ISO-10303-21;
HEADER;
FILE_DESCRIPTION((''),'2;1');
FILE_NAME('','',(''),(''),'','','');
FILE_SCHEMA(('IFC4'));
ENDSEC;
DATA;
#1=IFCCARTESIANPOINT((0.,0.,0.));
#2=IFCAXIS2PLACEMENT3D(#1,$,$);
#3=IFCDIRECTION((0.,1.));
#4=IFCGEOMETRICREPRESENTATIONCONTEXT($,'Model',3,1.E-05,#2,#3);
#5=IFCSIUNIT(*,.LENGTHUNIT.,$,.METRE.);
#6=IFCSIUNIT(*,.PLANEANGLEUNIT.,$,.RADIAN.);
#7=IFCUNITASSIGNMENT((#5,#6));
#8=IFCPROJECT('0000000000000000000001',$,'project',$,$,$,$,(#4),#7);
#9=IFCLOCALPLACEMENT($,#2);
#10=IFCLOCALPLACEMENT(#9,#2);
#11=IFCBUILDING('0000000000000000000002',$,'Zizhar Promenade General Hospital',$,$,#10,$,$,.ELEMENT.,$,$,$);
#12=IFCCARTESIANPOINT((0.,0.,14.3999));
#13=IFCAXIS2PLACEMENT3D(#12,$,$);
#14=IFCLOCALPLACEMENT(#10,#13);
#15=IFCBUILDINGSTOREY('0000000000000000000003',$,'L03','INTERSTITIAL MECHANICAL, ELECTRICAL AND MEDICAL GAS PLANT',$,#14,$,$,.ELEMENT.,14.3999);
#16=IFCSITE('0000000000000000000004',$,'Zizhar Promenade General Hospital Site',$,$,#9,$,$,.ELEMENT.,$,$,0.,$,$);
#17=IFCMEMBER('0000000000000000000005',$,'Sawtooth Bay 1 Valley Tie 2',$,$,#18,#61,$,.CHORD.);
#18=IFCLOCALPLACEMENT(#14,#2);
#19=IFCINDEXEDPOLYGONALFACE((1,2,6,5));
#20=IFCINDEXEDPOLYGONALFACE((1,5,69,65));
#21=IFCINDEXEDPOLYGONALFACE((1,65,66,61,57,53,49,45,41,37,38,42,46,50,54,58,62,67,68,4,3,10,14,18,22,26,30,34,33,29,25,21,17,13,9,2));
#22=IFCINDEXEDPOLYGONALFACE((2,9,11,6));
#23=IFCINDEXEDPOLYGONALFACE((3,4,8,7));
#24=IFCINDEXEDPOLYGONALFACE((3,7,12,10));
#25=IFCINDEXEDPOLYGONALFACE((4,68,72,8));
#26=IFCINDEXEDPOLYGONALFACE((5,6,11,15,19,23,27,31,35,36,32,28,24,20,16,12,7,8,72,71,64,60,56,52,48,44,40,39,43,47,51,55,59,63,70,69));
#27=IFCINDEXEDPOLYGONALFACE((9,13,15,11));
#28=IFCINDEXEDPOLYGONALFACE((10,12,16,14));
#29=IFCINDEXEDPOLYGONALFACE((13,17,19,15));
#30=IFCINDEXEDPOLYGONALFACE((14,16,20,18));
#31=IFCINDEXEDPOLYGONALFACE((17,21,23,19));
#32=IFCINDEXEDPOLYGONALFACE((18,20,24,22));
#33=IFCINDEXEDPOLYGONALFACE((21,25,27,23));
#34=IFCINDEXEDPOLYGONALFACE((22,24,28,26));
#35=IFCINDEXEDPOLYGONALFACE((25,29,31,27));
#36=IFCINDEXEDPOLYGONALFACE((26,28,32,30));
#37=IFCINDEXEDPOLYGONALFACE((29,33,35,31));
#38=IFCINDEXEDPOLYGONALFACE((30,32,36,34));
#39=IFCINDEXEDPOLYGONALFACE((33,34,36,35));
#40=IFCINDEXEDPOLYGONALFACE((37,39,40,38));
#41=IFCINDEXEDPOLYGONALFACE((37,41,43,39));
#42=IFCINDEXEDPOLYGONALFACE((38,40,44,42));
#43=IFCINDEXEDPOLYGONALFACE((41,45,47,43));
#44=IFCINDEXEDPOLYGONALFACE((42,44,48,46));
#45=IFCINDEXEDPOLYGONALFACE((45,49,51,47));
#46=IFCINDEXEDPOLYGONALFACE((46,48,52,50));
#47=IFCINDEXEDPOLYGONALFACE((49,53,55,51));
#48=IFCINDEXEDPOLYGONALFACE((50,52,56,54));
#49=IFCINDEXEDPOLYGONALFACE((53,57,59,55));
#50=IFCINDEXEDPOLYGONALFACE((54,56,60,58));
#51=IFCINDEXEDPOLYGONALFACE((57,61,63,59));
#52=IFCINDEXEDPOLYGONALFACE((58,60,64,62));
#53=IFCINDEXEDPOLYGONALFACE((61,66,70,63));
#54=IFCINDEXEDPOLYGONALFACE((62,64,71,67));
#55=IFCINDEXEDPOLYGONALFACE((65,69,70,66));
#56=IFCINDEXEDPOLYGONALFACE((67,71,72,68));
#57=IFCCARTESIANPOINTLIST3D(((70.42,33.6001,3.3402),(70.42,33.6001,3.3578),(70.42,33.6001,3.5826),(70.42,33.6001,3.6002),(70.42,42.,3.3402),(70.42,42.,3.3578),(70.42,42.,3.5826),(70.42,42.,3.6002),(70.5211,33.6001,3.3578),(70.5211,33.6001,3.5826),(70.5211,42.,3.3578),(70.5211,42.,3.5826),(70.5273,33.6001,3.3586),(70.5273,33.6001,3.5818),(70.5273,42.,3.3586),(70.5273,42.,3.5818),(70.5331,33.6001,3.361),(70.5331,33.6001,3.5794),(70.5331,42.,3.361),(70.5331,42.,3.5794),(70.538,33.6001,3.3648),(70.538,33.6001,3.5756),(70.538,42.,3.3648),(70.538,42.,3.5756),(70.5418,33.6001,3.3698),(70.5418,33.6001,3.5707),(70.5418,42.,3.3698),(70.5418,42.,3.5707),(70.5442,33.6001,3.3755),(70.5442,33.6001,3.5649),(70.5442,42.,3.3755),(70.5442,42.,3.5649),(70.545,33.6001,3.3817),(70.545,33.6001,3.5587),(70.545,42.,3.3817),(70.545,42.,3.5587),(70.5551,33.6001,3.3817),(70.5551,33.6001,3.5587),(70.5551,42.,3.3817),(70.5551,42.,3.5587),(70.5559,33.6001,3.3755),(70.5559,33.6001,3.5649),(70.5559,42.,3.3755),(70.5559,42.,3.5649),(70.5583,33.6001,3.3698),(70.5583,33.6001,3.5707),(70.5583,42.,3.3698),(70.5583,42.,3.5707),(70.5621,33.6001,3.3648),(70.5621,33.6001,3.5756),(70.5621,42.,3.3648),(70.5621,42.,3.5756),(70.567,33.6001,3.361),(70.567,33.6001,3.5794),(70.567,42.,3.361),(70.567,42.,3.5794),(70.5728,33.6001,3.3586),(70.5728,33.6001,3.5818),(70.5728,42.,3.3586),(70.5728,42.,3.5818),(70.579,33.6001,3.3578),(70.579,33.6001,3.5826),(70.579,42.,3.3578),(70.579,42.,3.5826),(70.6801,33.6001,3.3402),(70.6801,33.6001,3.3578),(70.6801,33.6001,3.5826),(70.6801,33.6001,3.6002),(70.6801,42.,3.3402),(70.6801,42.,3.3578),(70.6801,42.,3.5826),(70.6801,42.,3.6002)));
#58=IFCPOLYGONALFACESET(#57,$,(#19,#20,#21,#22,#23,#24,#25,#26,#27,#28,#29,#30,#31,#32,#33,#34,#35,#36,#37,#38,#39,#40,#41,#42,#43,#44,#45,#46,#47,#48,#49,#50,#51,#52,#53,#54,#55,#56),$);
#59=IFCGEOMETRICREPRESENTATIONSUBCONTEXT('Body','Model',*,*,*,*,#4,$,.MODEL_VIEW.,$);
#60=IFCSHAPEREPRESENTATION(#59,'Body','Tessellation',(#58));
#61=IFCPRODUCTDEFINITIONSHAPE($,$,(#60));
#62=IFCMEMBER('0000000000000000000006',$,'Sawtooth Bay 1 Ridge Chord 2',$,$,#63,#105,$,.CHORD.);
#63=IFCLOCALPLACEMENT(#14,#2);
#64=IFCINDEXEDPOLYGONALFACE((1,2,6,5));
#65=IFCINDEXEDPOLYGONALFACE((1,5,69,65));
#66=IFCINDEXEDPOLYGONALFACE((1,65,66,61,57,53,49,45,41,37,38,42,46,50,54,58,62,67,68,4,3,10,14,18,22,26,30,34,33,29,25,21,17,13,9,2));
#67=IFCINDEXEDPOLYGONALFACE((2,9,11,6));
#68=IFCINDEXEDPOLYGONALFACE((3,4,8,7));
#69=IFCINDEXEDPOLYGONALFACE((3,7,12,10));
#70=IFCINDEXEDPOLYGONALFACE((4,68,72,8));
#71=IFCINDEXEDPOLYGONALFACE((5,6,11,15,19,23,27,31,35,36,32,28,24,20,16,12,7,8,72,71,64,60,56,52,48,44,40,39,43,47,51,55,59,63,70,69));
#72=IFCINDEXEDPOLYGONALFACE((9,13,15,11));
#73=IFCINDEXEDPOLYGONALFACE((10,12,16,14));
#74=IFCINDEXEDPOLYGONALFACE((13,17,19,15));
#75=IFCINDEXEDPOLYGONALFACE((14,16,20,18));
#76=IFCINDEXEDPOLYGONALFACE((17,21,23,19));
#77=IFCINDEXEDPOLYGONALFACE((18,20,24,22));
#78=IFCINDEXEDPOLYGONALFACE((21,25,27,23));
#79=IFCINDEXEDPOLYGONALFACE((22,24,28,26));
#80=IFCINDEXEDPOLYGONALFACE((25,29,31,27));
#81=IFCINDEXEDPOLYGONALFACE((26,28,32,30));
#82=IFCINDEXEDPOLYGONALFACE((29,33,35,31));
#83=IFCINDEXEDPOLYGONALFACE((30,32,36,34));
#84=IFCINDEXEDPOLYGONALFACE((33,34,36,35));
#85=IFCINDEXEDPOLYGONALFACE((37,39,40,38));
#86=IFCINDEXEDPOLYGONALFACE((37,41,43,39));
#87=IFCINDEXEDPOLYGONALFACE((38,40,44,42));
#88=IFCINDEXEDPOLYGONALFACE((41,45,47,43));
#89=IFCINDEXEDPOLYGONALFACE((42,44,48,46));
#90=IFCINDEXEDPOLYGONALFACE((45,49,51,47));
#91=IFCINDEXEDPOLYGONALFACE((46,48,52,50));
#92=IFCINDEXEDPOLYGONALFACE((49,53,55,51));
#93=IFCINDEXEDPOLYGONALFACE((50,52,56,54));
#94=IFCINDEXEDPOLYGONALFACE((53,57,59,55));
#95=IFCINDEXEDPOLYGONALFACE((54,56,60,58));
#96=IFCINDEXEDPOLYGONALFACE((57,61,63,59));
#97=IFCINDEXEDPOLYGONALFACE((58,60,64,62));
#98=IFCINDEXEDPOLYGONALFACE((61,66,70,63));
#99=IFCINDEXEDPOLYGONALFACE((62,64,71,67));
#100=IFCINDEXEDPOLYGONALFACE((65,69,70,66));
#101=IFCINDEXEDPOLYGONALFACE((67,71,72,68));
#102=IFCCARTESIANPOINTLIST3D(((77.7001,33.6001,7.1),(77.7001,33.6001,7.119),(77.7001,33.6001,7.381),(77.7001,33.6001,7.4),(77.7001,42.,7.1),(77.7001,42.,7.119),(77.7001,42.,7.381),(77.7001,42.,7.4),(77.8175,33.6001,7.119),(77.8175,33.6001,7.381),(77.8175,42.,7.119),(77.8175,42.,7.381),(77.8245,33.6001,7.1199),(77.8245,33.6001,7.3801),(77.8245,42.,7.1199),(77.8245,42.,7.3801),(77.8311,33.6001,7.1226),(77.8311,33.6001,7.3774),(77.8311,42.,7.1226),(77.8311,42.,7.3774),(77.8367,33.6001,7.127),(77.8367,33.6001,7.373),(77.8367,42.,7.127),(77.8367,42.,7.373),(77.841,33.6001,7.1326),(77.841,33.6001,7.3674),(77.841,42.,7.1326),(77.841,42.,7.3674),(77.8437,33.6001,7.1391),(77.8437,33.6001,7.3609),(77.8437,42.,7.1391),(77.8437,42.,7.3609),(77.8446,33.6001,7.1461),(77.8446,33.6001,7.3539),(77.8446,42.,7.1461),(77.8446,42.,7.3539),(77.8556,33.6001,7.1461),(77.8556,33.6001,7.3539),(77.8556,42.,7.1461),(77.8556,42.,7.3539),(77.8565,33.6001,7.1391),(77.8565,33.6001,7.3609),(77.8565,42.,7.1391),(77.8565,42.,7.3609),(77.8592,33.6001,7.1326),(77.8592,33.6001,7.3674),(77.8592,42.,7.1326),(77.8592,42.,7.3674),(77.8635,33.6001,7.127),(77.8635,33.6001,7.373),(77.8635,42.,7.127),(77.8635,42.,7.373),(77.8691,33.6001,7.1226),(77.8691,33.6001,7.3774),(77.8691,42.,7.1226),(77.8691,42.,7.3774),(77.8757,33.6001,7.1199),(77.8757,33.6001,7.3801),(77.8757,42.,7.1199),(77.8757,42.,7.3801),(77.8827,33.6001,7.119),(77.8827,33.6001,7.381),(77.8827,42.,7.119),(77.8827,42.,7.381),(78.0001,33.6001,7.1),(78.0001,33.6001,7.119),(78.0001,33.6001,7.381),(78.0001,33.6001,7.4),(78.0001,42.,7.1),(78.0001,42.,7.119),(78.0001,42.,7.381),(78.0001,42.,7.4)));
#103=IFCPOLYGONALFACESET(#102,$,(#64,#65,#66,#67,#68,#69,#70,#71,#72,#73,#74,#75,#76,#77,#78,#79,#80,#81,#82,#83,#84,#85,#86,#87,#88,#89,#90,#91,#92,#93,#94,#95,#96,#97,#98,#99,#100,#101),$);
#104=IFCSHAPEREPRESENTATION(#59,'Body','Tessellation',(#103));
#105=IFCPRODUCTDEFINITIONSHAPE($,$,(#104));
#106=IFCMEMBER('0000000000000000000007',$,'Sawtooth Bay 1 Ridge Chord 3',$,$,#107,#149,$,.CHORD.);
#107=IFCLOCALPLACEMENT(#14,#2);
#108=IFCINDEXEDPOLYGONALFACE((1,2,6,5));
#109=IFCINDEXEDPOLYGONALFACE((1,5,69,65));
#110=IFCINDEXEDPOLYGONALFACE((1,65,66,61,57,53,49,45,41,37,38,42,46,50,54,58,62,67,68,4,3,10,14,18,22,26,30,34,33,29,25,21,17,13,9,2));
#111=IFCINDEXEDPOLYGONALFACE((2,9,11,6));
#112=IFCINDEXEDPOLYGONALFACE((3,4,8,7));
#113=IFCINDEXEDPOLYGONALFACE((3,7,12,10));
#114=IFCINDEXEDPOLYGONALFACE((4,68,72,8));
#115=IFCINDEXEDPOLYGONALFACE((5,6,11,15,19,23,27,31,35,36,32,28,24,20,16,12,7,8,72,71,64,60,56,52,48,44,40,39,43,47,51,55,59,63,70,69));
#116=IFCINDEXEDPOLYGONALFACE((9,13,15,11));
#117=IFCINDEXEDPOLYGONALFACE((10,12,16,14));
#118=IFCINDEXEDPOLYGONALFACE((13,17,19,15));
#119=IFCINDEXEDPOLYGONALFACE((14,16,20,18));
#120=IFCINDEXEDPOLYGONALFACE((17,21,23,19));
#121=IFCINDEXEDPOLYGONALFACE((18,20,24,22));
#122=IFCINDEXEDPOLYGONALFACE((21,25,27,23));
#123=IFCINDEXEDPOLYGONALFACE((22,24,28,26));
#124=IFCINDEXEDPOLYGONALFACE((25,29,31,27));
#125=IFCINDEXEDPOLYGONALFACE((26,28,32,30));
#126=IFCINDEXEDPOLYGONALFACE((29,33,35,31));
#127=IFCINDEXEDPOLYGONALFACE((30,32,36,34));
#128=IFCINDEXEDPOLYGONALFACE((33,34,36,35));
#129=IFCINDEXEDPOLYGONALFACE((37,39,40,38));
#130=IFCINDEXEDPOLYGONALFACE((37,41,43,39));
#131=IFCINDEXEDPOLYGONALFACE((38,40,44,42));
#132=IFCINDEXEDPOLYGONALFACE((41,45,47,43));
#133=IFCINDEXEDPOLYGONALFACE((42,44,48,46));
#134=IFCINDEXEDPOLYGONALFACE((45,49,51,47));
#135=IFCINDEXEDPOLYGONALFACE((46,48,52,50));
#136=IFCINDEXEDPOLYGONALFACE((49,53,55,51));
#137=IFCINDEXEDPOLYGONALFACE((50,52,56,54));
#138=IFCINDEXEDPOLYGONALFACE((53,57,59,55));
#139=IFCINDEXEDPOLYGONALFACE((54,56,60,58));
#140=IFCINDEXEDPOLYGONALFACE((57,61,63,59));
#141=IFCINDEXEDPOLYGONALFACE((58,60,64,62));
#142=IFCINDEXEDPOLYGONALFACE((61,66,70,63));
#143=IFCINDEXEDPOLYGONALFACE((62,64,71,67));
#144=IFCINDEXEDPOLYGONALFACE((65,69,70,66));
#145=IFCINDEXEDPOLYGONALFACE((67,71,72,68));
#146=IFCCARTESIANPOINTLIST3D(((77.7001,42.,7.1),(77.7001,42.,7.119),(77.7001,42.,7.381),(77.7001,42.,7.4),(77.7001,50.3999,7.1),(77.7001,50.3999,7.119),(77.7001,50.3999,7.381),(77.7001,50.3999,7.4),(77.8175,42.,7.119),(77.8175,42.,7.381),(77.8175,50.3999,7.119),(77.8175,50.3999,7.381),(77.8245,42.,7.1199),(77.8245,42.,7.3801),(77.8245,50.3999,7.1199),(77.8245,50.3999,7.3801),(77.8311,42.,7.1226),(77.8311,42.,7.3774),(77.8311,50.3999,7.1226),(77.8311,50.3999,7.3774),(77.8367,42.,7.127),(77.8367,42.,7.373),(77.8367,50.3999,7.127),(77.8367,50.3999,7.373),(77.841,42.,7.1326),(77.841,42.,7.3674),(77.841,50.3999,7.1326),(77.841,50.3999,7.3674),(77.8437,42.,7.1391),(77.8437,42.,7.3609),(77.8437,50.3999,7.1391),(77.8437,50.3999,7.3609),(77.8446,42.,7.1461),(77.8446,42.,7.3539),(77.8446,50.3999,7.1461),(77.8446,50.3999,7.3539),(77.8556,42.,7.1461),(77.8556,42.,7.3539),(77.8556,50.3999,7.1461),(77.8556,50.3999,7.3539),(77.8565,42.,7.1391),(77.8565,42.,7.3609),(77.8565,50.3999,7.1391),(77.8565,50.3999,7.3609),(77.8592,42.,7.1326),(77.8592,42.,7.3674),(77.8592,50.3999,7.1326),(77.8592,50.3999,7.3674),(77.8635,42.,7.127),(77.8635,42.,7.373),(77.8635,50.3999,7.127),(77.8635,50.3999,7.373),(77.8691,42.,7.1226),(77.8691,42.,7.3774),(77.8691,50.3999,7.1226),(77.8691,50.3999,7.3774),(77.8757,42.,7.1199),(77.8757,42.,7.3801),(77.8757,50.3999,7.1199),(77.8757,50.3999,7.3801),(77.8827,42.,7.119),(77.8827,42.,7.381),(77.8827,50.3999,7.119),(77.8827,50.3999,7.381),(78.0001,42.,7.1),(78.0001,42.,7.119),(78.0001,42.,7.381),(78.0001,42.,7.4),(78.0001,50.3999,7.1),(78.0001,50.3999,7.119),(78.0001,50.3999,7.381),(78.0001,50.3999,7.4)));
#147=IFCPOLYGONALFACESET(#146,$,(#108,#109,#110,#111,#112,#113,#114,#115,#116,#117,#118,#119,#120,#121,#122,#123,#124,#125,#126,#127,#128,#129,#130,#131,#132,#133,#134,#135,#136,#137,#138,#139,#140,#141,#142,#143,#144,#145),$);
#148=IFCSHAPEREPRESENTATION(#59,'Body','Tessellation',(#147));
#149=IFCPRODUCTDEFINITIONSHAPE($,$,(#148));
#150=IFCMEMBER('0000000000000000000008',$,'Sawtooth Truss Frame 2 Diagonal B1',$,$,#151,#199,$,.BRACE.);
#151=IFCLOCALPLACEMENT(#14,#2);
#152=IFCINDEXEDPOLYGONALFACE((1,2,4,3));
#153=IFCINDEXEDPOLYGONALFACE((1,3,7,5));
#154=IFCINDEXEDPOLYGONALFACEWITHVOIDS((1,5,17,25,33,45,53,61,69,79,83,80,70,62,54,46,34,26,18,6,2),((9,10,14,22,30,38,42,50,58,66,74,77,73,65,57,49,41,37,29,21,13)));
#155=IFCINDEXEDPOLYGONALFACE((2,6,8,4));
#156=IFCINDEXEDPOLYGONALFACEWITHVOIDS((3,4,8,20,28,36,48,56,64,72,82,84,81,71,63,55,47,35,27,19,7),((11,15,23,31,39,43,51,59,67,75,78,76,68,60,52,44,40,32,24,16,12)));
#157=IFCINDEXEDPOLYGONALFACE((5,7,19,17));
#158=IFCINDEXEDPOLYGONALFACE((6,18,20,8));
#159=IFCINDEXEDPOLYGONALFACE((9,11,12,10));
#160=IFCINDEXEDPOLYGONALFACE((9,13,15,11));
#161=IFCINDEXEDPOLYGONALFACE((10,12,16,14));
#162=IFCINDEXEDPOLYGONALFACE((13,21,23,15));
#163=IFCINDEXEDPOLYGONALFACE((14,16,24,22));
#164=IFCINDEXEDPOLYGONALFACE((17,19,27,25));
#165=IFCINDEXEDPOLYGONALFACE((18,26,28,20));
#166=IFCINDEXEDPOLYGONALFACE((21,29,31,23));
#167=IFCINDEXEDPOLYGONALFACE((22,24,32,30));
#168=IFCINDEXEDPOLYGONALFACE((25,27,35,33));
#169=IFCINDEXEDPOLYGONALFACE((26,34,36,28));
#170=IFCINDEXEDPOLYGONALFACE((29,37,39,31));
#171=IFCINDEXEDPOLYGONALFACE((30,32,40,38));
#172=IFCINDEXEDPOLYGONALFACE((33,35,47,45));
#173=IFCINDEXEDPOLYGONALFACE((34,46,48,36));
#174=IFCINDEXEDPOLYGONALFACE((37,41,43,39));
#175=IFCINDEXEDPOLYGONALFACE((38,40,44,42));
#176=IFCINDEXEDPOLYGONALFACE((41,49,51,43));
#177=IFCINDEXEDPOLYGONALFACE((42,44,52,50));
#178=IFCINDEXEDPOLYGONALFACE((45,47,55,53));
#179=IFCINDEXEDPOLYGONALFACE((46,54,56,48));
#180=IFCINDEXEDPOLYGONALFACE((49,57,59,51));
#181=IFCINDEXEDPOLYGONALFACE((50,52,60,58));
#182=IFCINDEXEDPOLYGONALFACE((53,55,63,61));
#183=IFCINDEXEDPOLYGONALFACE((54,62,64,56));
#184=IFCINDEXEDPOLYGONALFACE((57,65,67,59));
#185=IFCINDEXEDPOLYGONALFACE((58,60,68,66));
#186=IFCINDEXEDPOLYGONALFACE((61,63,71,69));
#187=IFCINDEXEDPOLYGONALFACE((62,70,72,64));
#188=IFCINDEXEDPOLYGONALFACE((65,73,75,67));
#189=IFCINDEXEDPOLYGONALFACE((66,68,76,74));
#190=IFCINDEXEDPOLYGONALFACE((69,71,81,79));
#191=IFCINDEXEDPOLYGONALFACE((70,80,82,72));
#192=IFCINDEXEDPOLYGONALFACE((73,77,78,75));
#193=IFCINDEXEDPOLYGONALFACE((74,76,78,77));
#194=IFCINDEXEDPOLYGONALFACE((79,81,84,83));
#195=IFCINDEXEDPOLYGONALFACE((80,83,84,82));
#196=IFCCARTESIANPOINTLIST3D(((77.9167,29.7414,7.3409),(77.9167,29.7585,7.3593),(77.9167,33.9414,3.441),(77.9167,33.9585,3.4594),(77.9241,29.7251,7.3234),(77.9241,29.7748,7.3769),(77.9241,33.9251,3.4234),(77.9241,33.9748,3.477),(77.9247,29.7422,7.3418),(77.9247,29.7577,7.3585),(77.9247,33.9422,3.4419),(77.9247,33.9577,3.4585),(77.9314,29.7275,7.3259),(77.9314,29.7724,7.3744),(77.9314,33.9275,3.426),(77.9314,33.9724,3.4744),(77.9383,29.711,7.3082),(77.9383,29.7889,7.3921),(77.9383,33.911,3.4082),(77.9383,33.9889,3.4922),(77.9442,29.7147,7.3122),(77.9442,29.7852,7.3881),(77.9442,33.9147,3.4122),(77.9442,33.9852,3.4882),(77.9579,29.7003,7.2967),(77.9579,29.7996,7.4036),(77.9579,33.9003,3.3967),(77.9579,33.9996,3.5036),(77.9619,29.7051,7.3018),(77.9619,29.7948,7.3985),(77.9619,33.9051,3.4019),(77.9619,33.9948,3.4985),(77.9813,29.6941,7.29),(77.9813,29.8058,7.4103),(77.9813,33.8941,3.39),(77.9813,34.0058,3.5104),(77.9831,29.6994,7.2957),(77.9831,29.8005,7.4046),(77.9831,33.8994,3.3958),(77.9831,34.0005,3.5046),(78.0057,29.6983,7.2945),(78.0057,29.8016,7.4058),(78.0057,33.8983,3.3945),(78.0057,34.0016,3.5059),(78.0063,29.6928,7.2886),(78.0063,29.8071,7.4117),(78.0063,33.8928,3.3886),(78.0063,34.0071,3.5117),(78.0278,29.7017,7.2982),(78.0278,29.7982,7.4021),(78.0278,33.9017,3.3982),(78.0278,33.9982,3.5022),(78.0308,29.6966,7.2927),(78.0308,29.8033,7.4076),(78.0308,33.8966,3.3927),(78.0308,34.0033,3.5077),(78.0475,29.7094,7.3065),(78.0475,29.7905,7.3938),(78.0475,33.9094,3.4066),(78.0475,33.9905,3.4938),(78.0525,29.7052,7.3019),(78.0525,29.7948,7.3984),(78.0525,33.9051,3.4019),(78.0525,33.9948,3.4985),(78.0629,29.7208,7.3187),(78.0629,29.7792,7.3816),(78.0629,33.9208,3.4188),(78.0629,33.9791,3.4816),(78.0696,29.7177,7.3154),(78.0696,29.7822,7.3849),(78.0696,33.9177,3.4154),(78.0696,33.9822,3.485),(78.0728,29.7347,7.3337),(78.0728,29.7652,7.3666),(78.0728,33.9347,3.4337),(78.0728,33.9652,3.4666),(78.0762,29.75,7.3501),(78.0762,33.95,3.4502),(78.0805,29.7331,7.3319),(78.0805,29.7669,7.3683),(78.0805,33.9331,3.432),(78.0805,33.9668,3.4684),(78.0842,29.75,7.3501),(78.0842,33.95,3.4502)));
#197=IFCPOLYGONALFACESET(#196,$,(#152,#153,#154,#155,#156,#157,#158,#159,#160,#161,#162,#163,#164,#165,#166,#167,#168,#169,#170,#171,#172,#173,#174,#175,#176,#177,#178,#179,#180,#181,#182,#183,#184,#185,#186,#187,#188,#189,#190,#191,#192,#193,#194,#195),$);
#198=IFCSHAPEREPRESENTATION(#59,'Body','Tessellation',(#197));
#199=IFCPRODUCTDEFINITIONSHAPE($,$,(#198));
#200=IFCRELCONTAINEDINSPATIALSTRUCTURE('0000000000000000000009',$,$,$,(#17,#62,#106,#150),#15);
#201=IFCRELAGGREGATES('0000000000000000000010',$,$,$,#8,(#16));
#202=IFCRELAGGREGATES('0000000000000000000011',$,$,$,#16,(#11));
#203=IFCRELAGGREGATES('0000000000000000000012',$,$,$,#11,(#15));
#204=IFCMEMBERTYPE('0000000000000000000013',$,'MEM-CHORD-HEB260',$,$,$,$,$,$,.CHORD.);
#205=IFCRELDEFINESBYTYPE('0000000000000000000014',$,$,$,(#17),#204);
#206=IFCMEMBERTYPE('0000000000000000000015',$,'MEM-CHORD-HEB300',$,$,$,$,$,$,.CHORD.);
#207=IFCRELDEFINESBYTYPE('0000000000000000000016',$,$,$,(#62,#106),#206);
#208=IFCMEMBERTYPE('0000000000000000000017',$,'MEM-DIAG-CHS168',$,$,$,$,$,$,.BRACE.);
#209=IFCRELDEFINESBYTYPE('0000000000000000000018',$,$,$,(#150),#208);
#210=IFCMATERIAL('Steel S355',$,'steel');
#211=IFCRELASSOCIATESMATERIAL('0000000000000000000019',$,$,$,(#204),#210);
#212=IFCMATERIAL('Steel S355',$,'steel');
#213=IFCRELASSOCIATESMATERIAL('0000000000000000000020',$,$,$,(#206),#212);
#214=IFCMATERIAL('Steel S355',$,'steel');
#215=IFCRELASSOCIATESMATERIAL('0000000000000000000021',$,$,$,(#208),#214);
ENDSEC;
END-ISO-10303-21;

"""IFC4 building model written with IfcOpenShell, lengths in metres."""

from ifc_helpers import new_model, si_unit, direction, frame, origin, origin_2d, place, context, subcontext, project, spatial, hollow_circle, i_section, extrude, material, material_profile, profile_set, type_object, element, save


model = new_model("IFC4")

# Units and contexts
model_context = context("Model", 3, precision=1e-05, world=origin(), true_north=direction((0.0, 1.0)))
body_context = subcontext(model_context, "Body", "Model", "MODEL_VIEW")
ifc_project = project(units=[si_unit("LENGTHUNIT", "METRE"), si_unit("PLANEANGLEUNIT", "RADIAN")], contexts=[model_context])

# Site, building, storey
site_placement = place(None, origin())
site = spatial("IfcSite", under=ifc_project, at=site_placement, Name="Zizhar Promenade General Hospital Site", CompositionType="ELEMENT", RefElevation=0.0)
building_placement = place(site_placement, origin())
building = spatial("IfcBuilding", under=site, at=building_placement, Name="Zizhar Promenade General Hospital", CompositionType="ELEMENT")
storey_placement = place(building_placement, frame((0.0, 0.0, 14.3999)))
storey = spatial("IfcBuildingStorey", under=building, at=storey_placement, Name="L03", Description="INTERSTITIAL MECHANICAL, ELECTRICAL AND MEDICAL GAS PLANT", CompositionType="ELEMENT", Elevation=14.3999)

# Members
ifc_material_1 = material(Name="Steel S355", Category="steel")
ifc_material_profile_1 = material_profile(ifc_material_1, i_section(OverallWidth=0.26, OverallDepth=0.26, WebThickness=0.01, FlangeThickness=0.0176, FilletRadius=0.0239, at=origin_2d()))
ifc_profile_set_1 = profile_set([ifc_material_profile_1], Name="Steel S355")
member_type_1 = type_object("IfcMemberType", Name="MEM-CHORD-HEB260", PredefinedType="CHORD", material=ifc_profile_set_1)
member_1_placement = place(storey_placement, frame((70.55, 33.6001, 3.4702), z_axis=(0.0, 1.0, 0.0), x_axis=(-1.0, 0.0, 0.0)))
element("IfcMember", 1, at=member_1_placement, inside=storey, type_object=member_type_1, Name="Sawtooth Bay 1 Valley Tie 2", PredefinedType="CHORD", context=body_context, shape_type="SweptSolid", body=[
    extrude(i_section(OverallWidth=0.26, OverallDepth=0.26, WebThickness=0.01, FlangeThickness=0.0176, FilletRadius=0.0239, at=origin_2d()), origin(), (0.0, 0.0, 1.0), 8.3999),
])
ifc_material_2 = material(Name="Steel S355", Category="steel")
ifc_material_profile_2 = material_profile(ifc_material_2, i_section(OverallWidth=0.3, OverallDepth=0.3, WebThickness=0.011, FlangeThickness=0.019, FilletRadius=0.0271, at=origin_2d()))
ifc_profile_set_2 = profile_set([ifc_material_profile_2], Name="Steel S355")
member_type_2 = type_object("IfcMemberType", Name="MEM-CHORD-HEB300", PredefinedType="CHORD", material=ifc_profile_set_2)
for number, where, z_axis, x_axis, name in (
    (2, (77.8501, 33.6001, 7.25), (0.0, 1.0, 0.0), (-1.0, 0.0, 0.0), "Sawtooth Bay 1 Ridge Chord 2"),
    (3, (77.8501, 42.0, 7.25), (0.0, 1.0, 0.0), (-1.0, 0.0, 0.0), "Sawtooth Bay 1 Ridge Chord 3"),
):
    element("IfcMember", number, at=place(storey_placement, frame(where, z_axis=z_axis, x_axis=x_axis)), inside=storey, type_object=member_type_2, Name=name, PredefinedType="CHORD", context=body_context, shape_type="SweptSolid", body=[
        extrude(i_section(OverallWidth=0.3, OverallDepth=0.3, WebThickness=0.011, FlangeThickness=0.019, FilletRadius=0.0271, at=origin_2d()), origin(), (0.0, 0.0, 1.0), 8.3999),
    ])
ifc_material_3 = material(Name="Steel S355", Category="steel")
ifc_material_profile_3 = material_profile(ifc_material_3, hollow_circle(Radius=0.0842, WallThickness=0.0081, at=origin_2d()))
ifc_profile_set_3 = profile_set([ifc_material_profile_3], Name="Steel S355")
member_type_3 = type_object("IfcMemberType", Name="MEM-DIAG-CHS168", PredefinedType="BRACE", material=ifc_profile_set_3)
member_2_placement = place(storey_placement, frame((78.0, 33.95, 3.4502), z_axis=(0.0, -0.732798, 0.680446), x_axis=(1.0, 0.0, 0.0)))
element("IfcMember", 4, at=member_2_placement, inside=storey, type_object=member_type_3, Name="Sawtooth Truss Frame 2 Diagonal B1", PredefinedType="BRACE", context=body_context, shape_type="SweptSolid", body=[
    extrude(hollow_circle(Radius=0.0842, WallThickness=0.0081, at=origin_2d()), origin(), (0.0, 0.0, 1.0), 5.7314),
])

save(model, "model.ifc")
